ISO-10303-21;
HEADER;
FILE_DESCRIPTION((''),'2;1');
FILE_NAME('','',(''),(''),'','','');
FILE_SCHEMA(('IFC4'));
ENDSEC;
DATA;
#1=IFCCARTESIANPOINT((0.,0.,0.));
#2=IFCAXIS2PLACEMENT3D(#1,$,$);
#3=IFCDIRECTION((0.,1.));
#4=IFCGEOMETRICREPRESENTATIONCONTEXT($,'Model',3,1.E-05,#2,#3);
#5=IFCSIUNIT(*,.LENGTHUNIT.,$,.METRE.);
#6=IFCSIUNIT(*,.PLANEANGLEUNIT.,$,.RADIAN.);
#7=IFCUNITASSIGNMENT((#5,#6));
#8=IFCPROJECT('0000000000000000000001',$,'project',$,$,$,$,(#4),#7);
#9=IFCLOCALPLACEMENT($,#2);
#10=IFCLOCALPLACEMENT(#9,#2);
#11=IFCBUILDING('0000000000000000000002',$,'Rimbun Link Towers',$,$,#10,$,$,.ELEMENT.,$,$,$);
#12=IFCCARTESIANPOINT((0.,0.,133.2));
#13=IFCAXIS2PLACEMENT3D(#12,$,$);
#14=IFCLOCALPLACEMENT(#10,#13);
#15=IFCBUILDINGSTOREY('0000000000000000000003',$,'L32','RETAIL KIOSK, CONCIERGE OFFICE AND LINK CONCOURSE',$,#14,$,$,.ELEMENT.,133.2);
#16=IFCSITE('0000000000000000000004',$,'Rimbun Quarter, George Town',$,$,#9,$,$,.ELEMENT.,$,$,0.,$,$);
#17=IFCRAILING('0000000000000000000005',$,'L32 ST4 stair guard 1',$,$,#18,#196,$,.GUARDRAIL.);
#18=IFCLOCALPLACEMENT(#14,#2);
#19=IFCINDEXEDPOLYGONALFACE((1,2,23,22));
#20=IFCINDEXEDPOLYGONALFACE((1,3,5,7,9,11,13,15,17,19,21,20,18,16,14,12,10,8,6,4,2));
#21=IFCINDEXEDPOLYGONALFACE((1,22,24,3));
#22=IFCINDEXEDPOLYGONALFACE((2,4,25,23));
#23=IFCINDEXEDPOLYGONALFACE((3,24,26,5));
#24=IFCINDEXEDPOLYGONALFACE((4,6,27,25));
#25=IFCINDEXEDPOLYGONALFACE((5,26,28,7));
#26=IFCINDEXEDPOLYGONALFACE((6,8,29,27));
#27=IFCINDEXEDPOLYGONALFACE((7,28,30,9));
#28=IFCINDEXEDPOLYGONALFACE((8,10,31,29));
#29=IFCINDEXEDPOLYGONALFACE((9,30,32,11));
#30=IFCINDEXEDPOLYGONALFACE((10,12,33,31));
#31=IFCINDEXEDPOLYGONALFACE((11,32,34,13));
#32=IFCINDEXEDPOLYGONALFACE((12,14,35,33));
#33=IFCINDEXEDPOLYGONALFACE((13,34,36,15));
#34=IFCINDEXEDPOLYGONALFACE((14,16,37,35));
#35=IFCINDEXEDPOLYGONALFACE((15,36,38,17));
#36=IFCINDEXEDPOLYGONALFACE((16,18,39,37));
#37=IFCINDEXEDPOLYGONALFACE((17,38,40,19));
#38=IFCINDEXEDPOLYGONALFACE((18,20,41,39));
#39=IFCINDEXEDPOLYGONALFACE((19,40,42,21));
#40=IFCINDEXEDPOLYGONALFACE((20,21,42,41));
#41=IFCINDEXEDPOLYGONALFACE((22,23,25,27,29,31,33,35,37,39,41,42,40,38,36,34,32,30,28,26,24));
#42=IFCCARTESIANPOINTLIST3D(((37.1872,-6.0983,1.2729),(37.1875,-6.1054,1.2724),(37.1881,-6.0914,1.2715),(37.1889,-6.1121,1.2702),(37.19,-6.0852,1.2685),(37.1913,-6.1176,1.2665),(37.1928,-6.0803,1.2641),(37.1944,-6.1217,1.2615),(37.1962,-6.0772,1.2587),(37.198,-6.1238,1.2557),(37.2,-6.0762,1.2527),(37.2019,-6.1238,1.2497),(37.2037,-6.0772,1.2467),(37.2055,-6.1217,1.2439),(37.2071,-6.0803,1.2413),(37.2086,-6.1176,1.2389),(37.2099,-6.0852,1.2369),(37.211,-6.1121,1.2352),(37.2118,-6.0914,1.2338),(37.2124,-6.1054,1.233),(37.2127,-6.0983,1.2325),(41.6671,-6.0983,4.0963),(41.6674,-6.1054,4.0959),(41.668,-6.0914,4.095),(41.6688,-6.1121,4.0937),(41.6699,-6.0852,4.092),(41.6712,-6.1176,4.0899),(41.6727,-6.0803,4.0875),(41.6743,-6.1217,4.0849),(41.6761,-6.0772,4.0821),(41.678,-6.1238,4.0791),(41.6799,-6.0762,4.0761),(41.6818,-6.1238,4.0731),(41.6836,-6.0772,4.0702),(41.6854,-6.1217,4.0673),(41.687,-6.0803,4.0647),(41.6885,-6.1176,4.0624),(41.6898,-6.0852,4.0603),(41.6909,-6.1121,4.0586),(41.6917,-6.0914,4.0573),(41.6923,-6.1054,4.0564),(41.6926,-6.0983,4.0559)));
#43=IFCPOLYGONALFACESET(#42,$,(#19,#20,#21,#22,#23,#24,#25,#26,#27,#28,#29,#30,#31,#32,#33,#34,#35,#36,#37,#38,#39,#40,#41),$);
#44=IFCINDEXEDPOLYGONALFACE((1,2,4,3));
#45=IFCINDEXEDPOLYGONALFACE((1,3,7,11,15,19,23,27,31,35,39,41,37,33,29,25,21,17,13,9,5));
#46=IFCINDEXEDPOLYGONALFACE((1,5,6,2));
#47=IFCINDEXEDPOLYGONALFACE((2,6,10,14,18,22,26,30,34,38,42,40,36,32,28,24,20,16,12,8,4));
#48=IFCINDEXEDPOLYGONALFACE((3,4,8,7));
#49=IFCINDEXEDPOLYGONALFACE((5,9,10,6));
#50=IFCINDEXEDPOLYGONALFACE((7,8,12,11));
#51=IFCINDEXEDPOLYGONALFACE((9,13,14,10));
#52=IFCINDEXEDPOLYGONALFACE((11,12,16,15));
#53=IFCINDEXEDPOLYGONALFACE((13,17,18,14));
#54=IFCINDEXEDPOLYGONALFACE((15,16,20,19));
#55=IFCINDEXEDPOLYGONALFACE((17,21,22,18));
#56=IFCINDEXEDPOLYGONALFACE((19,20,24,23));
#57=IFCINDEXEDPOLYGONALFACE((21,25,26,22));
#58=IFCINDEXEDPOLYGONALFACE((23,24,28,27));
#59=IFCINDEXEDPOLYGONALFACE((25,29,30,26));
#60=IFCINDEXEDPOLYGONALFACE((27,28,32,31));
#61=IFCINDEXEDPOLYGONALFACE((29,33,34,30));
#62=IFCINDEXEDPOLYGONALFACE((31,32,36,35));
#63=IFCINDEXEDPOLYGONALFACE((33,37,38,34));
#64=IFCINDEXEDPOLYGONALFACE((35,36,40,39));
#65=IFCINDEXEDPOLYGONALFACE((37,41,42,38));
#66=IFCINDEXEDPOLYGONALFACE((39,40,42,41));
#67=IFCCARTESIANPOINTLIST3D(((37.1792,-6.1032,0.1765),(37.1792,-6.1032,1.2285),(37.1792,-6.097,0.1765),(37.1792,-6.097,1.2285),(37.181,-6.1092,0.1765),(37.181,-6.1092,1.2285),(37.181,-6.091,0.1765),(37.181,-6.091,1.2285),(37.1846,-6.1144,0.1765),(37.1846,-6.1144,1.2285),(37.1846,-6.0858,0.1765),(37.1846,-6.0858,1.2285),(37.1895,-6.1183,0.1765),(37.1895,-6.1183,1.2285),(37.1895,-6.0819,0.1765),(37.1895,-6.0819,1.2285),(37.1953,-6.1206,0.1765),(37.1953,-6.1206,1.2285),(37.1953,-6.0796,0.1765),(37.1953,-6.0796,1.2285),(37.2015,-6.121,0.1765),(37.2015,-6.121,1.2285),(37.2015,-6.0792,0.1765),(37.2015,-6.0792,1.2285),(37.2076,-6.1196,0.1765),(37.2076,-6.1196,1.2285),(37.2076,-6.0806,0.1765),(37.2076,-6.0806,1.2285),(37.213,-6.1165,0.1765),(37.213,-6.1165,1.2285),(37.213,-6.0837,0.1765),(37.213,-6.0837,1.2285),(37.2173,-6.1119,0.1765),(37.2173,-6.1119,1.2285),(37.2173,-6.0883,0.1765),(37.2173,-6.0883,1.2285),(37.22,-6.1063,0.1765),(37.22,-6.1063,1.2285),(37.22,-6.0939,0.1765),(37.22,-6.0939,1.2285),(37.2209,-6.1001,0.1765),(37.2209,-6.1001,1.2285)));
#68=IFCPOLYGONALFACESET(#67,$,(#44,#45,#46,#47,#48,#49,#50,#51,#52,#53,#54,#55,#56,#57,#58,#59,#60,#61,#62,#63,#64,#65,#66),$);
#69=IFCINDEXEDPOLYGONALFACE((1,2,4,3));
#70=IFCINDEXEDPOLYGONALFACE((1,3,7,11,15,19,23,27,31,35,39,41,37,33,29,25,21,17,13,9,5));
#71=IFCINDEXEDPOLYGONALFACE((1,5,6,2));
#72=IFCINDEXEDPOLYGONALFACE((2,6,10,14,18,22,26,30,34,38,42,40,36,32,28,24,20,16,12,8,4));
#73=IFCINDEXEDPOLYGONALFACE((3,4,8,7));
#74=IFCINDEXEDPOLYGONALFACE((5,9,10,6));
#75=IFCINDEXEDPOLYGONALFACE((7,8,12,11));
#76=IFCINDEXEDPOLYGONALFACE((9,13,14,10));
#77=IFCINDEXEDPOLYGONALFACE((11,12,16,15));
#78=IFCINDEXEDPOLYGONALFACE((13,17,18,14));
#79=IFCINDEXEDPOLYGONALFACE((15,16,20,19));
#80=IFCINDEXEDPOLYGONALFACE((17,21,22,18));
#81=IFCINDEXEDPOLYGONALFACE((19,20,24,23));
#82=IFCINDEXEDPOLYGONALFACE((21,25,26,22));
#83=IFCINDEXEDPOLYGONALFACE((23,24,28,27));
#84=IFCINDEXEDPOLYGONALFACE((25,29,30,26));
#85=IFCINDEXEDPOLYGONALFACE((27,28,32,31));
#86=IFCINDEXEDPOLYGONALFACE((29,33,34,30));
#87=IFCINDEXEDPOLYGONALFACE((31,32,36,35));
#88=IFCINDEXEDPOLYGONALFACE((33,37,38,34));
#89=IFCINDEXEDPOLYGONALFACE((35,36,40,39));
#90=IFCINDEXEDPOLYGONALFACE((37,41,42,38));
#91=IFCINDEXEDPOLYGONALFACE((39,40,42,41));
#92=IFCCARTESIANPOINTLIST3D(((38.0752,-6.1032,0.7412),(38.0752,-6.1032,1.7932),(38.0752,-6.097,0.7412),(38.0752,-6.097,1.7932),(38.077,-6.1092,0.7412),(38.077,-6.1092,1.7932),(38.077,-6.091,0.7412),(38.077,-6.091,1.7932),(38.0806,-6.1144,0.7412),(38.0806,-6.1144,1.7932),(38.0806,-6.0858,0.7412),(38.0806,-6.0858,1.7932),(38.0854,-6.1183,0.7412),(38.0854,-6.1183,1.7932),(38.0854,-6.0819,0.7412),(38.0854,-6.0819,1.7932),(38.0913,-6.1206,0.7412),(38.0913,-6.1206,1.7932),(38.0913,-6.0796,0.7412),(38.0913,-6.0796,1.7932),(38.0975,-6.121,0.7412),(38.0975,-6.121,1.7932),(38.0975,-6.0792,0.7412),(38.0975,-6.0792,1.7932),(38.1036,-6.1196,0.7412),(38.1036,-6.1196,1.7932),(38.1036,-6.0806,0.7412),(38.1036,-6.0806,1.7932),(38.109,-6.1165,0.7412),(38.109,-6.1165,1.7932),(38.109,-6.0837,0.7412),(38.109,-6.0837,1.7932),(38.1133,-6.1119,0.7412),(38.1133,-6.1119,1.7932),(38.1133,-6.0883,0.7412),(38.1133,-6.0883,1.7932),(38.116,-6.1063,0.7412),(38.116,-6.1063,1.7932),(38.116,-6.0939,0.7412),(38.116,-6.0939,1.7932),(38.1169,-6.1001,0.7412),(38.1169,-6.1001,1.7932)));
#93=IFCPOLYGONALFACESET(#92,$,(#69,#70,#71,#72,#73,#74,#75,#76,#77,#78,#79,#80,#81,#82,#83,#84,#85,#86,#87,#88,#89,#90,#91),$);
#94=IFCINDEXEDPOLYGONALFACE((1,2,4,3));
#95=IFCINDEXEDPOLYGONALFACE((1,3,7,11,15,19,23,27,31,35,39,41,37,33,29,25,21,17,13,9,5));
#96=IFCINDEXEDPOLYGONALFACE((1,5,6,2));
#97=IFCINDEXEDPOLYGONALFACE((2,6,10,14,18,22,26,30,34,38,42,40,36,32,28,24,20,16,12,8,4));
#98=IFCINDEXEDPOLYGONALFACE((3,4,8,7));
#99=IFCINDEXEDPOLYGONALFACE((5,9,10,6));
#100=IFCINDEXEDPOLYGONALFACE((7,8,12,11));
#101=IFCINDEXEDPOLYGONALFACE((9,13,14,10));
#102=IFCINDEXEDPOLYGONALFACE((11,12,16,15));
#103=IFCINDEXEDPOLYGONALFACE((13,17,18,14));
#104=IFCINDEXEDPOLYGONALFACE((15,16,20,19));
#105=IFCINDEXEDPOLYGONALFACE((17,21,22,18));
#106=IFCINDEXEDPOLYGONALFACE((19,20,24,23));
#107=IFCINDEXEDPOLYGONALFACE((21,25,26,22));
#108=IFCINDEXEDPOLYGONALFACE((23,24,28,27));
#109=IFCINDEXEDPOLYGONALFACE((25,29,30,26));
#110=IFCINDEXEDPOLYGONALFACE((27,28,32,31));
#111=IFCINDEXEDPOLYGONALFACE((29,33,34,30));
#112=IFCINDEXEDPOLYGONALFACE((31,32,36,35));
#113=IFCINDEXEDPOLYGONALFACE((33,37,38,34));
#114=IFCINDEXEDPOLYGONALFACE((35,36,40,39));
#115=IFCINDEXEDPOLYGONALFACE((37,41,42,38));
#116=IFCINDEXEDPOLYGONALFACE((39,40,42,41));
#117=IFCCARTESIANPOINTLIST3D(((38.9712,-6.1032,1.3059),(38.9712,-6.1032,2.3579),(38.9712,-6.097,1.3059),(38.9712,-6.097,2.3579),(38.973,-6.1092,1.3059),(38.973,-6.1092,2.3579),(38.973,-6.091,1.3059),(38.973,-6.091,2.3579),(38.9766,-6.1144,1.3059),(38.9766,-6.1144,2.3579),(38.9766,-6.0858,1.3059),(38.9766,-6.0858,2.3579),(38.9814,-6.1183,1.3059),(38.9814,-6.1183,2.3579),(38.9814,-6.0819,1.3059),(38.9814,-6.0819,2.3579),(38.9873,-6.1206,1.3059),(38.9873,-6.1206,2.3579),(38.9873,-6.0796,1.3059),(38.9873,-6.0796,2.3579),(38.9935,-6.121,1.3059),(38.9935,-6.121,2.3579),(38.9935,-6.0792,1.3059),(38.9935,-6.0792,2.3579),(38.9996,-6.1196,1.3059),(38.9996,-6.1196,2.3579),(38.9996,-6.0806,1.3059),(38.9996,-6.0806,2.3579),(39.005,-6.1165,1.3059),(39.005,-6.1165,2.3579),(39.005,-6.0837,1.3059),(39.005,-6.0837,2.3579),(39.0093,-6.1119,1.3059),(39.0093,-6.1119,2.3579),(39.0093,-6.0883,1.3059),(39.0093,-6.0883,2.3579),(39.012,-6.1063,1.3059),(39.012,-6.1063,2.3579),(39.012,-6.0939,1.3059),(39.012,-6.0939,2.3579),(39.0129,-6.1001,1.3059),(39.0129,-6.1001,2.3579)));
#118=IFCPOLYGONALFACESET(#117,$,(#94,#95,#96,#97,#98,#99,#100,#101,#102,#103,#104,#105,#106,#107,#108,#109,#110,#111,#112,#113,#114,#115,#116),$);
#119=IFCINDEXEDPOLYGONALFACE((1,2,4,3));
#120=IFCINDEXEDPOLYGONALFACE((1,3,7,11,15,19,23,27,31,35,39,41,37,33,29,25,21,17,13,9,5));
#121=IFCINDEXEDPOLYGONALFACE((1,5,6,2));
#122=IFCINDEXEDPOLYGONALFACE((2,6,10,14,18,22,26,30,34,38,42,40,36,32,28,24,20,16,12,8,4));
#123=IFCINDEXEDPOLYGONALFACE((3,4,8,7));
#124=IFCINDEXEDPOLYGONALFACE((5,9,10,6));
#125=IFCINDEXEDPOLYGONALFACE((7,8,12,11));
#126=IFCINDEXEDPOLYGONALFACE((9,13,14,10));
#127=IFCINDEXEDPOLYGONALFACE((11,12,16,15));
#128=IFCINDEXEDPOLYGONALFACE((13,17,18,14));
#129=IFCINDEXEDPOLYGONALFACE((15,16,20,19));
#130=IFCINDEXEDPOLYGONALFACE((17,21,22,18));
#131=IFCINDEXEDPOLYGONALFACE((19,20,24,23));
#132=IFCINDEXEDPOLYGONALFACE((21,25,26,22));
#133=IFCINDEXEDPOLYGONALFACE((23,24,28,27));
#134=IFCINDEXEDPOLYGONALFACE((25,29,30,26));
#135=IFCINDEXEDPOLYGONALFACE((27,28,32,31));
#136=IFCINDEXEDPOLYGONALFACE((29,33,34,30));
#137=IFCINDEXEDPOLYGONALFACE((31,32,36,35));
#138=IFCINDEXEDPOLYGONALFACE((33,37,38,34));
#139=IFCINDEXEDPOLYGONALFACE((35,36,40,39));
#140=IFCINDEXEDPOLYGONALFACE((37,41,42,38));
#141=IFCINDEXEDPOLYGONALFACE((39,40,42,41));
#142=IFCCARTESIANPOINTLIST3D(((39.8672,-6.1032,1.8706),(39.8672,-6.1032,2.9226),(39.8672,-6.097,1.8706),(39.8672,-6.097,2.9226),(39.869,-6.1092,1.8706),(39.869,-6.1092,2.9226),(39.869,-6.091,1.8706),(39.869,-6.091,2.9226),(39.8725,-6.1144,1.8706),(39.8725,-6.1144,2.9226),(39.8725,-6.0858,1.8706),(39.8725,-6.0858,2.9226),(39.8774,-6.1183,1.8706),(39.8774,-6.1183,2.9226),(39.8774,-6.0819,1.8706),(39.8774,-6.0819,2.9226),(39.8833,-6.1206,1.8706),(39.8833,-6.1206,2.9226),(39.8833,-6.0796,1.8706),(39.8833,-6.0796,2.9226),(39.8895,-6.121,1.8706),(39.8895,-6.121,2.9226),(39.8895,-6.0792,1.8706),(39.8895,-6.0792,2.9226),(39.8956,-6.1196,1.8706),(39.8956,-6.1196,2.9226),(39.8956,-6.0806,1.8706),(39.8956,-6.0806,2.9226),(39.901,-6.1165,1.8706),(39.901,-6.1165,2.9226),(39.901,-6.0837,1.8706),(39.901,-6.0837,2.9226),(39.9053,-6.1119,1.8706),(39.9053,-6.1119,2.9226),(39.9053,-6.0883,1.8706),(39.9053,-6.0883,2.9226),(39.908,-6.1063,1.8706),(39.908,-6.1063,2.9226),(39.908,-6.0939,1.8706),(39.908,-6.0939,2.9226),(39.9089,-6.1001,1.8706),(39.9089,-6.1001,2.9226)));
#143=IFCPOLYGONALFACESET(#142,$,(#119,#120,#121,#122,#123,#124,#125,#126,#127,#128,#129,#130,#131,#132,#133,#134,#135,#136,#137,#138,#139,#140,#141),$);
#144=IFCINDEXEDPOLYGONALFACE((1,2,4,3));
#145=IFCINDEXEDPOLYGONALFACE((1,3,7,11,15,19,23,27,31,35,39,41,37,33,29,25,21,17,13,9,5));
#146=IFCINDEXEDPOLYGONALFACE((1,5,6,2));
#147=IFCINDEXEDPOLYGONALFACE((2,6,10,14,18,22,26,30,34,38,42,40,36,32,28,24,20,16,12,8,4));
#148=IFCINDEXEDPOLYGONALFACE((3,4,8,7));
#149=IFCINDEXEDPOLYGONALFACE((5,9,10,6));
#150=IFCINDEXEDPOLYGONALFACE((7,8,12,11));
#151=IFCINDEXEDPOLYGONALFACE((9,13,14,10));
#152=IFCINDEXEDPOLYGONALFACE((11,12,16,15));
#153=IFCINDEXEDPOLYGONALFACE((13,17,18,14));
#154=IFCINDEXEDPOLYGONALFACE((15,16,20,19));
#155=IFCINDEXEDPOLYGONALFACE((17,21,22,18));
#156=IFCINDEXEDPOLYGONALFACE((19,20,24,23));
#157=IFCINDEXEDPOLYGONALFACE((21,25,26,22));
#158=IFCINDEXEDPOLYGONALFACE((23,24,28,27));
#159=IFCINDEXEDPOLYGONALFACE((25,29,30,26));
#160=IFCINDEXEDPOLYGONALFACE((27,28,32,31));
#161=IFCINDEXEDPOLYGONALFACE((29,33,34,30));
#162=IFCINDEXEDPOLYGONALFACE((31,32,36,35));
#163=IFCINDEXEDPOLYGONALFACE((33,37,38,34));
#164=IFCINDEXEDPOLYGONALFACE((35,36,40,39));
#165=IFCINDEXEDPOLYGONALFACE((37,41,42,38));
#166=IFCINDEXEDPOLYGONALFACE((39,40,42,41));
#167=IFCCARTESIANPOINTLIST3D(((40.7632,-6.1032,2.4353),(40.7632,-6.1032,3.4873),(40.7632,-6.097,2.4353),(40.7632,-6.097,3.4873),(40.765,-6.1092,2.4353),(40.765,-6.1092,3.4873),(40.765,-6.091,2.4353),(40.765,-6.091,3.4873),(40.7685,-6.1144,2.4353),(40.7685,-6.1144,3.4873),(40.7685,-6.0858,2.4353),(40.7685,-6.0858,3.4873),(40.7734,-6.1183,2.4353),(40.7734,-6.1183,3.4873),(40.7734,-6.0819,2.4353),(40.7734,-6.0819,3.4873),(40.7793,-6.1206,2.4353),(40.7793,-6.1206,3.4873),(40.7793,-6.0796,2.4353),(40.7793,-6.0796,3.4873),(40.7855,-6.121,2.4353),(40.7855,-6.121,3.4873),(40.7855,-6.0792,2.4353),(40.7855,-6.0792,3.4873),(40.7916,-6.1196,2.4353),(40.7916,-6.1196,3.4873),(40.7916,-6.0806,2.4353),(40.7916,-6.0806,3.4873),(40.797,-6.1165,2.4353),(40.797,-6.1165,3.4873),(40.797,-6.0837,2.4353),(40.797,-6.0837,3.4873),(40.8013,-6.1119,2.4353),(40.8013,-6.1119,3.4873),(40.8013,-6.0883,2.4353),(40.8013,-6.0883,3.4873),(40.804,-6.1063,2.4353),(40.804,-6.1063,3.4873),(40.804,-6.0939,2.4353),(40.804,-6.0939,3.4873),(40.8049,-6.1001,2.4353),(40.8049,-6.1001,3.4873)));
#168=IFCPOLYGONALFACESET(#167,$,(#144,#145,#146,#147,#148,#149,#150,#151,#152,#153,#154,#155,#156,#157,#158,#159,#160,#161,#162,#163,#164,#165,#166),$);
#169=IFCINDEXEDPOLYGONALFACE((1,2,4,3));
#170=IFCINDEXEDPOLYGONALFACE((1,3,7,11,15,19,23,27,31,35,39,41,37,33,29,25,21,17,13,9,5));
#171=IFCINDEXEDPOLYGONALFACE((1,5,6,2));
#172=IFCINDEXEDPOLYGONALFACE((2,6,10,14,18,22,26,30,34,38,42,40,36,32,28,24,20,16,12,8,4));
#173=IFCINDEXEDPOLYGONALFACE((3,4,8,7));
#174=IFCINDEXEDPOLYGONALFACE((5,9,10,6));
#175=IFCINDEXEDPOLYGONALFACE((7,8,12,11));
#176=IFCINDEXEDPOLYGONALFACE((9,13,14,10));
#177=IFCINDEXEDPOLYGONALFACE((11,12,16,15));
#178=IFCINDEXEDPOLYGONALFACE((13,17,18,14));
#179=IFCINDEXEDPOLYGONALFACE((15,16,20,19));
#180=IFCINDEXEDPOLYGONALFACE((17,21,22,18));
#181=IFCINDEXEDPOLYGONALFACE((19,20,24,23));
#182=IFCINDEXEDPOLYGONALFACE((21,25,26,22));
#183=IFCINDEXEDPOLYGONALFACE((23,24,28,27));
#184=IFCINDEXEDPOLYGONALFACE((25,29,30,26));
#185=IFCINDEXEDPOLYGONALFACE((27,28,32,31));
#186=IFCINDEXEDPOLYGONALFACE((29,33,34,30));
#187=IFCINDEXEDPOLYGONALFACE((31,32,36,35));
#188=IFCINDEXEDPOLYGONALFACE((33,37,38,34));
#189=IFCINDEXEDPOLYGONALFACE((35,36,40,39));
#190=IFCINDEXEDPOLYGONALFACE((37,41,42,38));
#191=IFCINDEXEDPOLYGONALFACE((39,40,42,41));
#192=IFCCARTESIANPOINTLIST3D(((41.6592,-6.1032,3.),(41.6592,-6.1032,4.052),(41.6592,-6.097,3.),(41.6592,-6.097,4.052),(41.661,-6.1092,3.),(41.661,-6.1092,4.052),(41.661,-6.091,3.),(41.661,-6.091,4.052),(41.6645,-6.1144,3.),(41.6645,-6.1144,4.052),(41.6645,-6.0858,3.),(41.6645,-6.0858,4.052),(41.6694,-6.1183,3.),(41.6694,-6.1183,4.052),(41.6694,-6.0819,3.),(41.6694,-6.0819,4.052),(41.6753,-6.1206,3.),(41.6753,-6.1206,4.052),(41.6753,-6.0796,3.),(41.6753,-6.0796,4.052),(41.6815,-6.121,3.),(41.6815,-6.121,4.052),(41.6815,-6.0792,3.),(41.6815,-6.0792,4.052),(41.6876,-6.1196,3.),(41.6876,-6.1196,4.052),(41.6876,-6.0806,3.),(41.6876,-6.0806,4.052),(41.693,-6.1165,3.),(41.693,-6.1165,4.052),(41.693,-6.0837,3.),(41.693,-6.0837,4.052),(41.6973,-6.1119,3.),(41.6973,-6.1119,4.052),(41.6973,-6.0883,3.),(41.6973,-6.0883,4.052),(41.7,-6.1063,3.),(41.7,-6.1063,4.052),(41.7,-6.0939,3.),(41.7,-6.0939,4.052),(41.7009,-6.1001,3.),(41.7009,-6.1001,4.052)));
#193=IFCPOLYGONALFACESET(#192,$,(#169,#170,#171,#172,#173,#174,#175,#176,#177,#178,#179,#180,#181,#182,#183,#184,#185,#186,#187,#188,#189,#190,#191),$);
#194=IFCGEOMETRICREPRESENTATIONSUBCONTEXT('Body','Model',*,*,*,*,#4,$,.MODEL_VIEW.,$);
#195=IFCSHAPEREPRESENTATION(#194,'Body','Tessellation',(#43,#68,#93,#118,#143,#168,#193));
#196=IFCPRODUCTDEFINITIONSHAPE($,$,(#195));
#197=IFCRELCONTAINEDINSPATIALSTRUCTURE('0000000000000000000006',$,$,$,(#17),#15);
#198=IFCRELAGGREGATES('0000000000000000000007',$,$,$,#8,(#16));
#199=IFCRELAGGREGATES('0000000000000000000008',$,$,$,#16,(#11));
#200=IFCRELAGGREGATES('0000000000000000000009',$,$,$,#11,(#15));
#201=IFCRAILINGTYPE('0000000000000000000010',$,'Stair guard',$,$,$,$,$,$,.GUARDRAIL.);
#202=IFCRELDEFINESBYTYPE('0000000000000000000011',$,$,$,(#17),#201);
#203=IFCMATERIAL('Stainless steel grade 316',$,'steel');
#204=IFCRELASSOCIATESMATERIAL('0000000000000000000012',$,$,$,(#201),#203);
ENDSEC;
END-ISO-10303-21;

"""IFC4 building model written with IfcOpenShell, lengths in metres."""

from ifc_helpers import new_model, si_unit, direction, frame, origin, origin_2d, place, context, subcontext, project, spatial, circle, extrude, material, type_object, element, save


model = new_model("IFC4")

# Units and contexts
model_context = context("Model", 3, precision=1e-05, world=origin(), true_north=direction((0.0, 1.0)))
body_context = subcontext(model_context, "Body", "Model", "MODEL_VIEW")
ifc_project = project(units=[si_unit("LENGTHUNIT", "METRE"), si_unit("PLANEANGLEUNIT", "RADIAN")], contexts=[model_context])

# Site, building, storey
site_placement = place(None, origin())
site = spatial("IfcSite", under=ifc_project, at=site_placement, Name="Rimbun Quarter, George Town", CompositionType="ELEMENT", RefElevation=0.0)
building_placement = place(site_placement, origin())
building = spatial("IfcBuilding", under=site, at=building_placement, Name="Rimbun Link Towers", CompositionType="ELEMENT")
storey_placement = place(building_placement, frame((0.0, 0.0, 133.2)))
storey = spatial("IfcBuildingStorey", under=building, at=storey_placement, Name="L32", Description="RETAIL KIOSK, CONCIERGE OFFICE AND LINK CONCOURSE", CompositionType="ELEMENT", Elevation=133.2)

# Railing
ifc_material_1 = material(Name="Stainless steel grade 316", Category="steel")
railing_type_1 = type_object("IfcRailingType", Name="Stair guard", PredefinedType="GUARDRAIL", material=ifc_material_1)
railing_1_placement = place(storey_placement, frame((37.2, -6.1001, 0.1765)))
element("IfcRailing", 1, at=railing_1_placement, inside=storey, type_object=railing_type_1, Name="L32 ST4 stair guard 1", PredefinedType="GUARDRAIL", context=body_context, shape_type="SweptSolid", body=[
    extrude(circle(Radius=0.0239, at=origin_2d()), frame((0.0, 0.0, 1.0762), z_axis=(0.845998, 0.0, 0.533186), x_axis=(0.0, 1.0, 0.0)), (0.0, 0.0, 1.0), 5.2954),
    extrude(circle(Radius=0.021, at=origin_2d()), origin(), (0.0, 0.0, 1.0), 1.052),
    extrude(circle(Radius=0.021, at=origin_2d()), frame((0.896, 0.0, 0.5647)), (0.0, 0.0, 1.0), 1.052),
    extrude(circle(Radius=0.021, at=origin_2d()), frame((1.792, 0.0, 1.1294)), (0.0, 0.0, 1.0), 1.052),
    extrude(circle(Radius=0.021, at=origin_2d()), frame((2.688, 0.0, 1.6941)), (0.0, 0.0, 1.0), 1.052),
    extrude(circle(Radius=0.021, at=origin_2d()), frame((3.584, 0.0, 2.2588)), (0.0, 0.0, 1.0), 1.052),
    extrude(circle(Radius=0.021, at=origin_2d()), frame((4.48, 0.0, 2.8235)), (0.0, 0.0, 1.0), 1.052),
])

save(model, "model.ifc")
